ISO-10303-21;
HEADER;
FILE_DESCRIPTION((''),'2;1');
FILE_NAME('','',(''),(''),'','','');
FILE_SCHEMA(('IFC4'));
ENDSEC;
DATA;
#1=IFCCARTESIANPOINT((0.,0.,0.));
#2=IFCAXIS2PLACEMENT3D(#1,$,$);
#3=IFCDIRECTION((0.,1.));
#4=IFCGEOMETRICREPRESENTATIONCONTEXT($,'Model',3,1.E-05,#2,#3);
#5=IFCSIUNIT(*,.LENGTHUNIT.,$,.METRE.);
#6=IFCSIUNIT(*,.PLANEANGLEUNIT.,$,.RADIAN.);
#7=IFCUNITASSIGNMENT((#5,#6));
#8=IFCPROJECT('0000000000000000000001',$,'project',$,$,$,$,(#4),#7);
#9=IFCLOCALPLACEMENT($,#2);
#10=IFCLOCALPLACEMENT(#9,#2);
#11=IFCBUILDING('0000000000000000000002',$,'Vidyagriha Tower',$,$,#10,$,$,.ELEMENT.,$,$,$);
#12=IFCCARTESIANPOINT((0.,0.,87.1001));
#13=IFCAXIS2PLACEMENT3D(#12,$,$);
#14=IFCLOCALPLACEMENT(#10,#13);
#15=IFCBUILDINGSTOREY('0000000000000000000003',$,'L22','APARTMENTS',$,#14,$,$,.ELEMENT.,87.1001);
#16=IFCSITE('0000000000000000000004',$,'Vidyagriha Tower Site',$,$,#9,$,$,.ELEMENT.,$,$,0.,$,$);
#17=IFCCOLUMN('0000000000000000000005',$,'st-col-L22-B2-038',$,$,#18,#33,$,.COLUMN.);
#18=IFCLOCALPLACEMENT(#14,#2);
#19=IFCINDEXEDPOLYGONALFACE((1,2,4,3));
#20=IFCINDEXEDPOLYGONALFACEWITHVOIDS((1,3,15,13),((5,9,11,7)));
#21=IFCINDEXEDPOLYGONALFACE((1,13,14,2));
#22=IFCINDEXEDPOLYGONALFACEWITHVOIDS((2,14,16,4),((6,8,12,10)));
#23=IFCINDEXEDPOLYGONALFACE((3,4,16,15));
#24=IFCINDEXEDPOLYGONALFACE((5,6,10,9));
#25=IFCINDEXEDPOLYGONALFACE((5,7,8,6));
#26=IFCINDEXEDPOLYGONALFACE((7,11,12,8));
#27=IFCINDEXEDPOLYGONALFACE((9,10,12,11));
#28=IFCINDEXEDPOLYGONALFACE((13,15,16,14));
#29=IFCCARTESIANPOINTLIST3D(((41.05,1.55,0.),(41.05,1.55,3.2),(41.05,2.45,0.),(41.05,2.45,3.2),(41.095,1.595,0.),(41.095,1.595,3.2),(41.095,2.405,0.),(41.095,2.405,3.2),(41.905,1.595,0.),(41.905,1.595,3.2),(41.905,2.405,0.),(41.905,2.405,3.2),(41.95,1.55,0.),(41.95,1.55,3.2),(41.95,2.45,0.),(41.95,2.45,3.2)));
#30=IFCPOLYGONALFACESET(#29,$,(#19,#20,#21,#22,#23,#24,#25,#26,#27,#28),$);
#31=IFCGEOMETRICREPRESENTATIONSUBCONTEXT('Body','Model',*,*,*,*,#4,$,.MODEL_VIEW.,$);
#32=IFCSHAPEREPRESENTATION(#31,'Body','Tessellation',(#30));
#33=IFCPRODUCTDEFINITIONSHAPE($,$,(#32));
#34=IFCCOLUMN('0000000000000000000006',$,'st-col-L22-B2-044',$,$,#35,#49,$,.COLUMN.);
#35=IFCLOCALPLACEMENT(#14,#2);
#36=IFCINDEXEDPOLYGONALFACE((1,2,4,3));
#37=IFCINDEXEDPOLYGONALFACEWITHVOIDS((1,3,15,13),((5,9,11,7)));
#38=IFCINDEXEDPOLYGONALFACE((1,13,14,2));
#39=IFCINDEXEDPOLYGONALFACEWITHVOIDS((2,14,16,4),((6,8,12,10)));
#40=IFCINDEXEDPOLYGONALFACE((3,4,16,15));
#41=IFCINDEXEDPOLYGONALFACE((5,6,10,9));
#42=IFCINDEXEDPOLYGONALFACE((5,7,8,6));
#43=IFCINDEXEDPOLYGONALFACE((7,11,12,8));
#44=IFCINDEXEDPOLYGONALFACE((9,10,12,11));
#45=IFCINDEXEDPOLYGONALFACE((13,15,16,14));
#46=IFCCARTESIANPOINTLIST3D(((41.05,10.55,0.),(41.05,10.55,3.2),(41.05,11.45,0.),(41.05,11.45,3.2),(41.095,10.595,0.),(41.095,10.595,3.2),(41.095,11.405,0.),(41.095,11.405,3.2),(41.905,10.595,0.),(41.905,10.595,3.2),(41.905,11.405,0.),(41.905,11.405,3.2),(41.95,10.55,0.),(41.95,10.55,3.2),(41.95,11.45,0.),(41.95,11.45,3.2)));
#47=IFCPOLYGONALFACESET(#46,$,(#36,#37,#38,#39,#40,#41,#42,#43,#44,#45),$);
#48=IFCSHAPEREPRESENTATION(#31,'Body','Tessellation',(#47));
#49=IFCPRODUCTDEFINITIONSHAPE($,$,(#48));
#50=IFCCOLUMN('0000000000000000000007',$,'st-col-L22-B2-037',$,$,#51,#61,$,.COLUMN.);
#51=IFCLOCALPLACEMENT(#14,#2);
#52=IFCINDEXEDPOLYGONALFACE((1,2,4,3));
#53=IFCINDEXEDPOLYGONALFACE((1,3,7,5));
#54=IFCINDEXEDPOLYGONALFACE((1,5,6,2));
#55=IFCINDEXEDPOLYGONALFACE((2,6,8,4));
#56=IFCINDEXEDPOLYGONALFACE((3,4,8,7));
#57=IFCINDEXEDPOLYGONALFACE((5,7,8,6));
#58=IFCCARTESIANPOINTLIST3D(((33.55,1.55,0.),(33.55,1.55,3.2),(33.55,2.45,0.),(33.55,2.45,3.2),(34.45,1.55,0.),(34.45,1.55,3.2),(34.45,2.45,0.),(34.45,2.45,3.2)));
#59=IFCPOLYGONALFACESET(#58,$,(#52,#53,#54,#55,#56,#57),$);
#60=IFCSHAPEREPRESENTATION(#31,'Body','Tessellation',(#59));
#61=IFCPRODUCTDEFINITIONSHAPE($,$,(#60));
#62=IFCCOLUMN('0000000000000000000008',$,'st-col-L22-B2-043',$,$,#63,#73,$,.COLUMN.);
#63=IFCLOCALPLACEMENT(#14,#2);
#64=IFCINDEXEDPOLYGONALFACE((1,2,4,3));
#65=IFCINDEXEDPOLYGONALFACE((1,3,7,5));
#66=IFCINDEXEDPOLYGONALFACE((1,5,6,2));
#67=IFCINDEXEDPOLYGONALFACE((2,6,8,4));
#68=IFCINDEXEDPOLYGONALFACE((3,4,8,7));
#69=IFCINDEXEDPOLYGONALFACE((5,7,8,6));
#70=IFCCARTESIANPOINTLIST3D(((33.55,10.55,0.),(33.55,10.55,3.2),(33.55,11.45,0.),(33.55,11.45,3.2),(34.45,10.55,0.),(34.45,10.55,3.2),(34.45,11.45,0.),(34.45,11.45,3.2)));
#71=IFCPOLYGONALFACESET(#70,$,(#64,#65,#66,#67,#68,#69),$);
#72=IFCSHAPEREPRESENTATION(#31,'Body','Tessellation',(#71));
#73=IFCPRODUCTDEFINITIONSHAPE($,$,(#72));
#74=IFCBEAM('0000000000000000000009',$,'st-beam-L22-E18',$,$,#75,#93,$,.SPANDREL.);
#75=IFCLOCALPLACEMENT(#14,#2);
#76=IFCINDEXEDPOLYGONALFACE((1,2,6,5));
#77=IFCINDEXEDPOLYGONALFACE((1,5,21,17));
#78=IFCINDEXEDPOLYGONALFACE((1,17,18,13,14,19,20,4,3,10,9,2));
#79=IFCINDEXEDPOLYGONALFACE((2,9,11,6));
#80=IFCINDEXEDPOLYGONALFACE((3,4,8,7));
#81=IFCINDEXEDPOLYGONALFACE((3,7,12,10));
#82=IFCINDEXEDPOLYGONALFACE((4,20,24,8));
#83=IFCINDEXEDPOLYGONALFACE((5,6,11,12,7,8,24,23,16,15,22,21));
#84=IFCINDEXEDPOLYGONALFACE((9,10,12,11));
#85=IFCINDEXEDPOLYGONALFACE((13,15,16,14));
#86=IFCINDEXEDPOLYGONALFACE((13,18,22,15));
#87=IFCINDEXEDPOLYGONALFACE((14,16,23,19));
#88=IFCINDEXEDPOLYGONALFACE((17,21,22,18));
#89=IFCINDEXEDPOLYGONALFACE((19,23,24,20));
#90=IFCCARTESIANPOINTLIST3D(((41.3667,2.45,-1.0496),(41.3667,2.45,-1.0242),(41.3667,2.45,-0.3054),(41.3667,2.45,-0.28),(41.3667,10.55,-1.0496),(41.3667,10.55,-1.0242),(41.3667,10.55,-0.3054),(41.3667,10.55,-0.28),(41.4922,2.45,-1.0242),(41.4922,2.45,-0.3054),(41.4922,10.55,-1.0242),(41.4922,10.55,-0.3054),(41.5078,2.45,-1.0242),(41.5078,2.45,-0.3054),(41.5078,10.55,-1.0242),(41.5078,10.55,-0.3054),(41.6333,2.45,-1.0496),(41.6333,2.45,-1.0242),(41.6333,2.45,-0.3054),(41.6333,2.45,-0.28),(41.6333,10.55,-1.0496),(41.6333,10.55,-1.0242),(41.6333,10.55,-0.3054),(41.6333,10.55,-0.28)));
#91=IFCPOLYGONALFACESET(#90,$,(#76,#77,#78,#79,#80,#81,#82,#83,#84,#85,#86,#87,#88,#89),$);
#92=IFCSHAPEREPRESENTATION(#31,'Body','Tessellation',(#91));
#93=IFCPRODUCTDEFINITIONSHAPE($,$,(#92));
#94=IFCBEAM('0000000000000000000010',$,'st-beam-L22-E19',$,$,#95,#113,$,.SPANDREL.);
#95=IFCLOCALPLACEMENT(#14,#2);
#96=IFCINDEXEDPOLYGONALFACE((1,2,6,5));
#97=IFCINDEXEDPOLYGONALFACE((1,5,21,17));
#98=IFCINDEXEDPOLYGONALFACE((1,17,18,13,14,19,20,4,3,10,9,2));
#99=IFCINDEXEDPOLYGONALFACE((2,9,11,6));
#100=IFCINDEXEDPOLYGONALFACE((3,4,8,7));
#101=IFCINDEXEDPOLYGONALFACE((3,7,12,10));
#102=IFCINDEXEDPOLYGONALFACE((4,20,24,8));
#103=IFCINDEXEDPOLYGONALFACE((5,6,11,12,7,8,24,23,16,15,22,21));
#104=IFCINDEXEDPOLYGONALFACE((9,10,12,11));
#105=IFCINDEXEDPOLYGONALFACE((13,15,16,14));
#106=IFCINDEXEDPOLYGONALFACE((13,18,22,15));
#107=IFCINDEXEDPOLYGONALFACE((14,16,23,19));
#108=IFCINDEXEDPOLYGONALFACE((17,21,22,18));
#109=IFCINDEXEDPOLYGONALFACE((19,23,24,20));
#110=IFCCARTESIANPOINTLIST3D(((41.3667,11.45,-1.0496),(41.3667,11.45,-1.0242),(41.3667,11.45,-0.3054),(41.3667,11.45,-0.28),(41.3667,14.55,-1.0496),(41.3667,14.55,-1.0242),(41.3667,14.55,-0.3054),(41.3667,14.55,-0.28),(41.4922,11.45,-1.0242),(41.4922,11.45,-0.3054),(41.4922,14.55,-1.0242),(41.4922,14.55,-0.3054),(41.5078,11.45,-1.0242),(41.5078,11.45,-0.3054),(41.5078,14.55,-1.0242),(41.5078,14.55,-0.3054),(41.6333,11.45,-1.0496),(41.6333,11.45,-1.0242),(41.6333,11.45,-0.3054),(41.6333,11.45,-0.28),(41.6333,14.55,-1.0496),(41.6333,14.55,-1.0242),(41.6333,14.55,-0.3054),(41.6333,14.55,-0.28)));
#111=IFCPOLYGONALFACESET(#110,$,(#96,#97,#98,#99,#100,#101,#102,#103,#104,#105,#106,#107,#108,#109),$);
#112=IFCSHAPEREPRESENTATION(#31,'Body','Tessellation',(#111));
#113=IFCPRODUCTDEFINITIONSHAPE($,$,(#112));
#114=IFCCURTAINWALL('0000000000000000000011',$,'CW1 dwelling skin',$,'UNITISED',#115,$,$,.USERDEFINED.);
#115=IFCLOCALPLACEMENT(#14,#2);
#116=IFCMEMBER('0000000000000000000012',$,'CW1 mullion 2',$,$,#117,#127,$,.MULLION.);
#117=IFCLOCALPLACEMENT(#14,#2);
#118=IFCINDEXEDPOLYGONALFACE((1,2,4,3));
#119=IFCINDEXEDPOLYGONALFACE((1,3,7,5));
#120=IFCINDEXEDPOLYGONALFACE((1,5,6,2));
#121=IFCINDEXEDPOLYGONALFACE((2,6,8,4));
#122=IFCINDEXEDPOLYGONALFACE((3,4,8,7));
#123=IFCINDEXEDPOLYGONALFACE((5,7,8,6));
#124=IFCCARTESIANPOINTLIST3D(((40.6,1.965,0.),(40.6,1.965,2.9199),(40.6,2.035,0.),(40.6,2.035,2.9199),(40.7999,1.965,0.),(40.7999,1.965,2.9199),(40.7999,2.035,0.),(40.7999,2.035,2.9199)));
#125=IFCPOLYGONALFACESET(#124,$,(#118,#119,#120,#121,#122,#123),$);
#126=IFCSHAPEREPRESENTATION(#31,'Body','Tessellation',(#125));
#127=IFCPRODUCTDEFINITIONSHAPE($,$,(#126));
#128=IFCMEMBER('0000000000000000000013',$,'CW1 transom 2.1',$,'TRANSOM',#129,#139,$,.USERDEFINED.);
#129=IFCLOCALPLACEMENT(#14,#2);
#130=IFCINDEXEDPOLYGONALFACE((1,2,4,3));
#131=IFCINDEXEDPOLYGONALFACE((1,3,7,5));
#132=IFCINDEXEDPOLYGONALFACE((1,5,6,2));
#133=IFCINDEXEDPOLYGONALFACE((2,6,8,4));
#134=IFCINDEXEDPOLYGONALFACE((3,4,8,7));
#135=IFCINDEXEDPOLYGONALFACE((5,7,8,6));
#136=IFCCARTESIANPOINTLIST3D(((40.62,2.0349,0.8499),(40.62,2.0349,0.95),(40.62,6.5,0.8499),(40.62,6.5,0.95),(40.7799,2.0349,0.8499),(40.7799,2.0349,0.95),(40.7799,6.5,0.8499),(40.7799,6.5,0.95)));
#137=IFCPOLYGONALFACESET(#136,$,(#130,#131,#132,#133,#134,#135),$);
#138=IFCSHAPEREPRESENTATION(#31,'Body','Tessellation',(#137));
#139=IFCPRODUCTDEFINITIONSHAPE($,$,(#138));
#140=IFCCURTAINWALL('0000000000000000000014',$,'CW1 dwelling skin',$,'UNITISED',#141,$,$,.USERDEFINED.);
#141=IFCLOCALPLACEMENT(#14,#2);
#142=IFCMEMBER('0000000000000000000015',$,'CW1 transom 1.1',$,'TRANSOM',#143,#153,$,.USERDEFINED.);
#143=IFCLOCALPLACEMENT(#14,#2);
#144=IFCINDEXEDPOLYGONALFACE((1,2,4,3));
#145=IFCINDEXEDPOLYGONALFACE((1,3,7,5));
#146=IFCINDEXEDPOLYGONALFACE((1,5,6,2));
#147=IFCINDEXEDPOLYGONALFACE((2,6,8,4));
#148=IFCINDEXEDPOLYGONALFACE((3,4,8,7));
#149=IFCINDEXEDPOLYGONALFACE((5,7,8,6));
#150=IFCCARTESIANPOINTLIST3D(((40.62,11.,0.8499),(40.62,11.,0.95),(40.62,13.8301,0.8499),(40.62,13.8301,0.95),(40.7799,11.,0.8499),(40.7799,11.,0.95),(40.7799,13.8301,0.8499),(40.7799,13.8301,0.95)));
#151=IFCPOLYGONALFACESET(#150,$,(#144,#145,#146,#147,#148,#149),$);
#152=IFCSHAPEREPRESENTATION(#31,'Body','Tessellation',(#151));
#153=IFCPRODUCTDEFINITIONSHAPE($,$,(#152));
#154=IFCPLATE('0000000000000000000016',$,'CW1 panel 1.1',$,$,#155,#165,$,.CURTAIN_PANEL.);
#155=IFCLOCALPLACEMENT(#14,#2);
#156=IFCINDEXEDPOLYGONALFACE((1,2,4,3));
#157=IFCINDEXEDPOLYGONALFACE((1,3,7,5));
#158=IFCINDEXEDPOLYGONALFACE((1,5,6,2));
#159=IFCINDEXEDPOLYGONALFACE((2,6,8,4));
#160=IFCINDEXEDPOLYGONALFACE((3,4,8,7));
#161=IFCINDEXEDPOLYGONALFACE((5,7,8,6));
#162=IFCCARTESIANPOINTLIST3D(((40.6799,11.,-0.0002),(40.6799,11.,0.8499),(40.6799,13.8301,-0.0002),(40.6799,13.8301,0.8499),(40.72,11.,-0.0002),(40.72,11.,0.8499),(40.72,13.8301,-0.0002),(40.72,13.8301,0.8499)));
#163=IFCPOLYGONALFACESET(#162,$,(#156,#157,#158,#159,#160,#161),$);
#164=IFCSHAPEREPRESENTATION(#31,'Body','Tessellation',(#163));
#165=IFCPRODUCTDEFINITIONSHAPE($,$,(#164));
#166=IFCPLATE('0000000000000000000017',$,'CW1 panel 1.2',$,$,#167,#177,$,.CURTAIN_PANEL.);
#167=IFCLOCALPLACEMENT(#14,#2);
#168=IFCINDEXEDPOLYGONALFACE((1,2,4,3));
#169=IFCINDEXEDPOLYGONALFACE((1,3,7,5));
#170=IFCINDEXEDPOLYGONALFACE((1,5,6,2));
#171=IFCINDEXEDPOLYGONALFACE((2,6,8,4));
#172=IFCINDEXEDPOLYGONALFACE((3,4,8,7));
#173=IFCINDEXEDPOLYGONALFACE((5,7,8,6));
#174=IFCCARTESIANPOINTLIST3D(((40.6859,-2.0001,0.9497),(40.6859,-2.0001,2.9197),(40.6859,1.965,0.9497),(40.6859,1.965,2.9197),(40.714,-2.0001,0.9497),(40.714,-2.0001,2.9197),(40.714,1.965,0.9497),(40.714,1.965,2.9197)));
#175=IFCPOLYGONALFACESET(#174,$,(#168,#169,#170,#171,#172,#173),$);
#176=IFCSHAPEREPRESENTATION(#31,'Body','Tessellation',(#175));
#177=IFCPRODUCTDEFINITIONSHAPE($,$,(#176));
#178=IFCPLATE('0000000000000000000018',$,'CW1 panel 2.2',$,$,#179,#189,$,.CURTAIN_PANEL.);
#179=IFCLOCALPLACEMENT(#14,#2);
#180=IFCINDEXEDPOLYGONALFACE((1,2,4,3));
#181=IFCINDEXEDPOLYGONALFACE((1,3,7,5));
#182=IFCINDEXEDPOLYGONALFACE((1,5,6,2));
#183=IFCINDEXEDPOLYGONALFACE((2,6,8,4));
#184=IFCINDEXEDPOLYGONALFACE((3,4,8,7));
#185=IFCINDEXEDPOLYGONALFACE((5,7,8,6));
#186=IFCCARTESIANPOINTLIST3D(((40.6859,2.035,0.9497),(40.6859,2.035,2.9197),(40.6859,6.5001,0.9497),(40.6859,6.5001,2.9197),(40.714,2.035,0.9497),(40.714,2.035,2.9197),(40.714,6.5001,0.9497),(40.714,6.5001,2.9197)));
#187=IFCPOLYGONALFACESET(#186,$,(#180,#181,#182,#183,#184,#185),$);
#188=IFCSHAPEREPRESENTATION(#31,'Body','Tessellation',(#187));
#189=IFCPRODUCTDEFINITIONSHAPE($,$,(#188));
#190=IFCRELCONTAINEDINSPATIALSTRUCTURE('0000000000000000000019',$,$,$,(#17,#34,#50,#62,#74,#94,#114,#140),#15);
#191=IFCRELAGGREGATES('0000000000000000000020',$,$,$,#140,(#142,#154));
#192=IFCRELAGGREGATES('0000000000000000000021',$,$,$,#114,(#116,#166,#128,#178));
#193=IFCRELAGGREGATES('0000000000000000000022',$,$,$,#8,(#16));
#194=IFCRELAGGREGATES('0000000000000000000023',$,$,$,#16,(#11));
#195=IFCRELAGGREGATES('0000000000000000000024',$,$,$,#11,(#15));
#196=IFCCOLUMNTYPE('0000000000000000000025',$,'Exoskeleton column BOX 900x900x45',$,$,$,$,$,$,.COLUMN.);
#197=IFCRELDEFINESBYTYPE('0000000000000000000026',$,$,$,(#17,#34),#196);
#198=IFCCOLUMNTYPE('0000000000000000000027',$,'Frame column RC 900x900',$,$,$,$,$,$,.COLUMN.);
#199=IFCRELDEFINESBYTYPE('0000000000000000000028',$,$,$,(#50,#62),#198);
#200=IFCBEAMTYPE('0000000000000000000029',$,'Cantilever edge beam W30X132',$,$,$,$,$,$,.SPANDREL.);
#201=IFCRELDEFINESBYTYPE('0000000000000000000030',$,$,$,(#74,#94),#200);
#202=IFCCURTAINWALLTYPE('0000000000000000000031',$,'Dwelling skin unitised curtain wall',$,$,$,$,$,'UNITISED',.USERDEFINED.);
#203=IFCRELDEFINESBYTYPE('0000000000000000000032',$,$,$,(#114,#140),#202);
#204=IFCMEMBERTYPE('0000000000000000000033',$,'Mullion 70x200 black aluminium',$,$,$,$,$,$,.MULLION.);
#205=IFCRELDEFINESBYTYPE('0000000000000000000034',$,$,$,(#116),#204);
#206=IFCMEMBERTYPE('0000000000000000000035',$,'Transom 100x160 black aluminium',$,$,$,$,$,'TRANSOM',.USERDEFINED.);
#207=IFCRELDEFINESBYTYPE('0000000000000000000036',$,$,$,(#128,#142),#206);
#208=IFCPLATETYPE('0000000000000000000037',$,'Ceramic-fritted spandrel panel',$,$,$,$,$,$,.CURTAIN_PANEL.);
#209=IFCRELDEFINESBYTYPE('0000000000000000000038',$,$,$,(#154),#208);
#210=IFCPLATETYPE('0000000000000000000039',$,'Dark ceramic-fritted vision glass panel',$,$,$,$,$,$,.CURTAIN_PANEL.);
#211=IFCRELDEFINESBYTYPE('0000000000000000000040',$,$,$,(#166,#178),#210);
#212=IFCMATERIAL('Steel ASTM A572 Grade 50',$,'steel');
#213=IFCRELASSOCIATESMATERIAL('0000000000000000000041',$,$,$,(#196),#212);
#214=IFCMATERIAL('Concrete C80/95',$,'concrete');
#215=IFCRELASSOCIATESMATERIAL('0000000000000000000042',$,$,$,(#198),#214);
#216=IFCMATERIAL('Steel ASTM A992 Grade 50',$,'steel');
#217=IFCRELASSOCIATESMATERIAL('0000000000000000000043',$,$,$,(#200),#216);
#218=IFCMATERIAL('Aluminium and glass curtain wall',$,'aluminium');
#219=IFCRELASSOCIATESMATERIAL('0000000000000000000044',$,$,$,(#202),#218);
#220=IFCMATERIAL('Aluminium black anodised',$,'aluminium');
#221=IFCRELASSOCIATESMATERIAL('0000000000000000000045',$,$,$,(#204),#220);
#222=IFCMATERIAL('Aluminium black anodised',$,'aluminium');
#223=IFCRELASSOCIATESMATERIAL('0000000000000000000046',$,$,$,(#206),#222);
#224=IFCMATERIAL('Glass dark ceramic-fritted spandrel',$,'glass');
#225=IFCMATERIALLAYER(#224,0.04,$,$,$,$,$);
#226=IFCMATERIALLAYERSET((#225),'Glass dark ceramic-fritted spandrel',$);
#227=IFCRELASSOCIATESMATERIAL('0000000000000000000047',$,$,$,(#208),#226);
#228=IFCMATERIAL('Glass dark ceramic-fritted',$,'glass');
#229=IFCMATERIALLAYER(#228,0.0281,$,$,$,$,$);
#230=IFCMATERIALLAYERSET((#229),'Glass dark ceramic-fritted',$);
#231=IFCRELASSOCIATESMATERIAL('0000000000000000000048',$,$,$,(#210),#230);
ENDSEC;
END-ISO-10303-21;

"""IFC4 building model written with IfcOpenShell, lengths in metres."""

from ifc_helpers import new_model, si_unit, direction, frame, origin, origin_2d, place, context, subcontext, project, spatial, rectangle, hollow_rectangle, i_section, extrude, material, layer, layer_set, material_profile, profile_set, type_object, element, aggregate, save


model = new_model("IFC4")

# Units and contexts
model_context = context("Model", 3, precision=1e-05, world=origin(), true_north=direction((0.0, 1.0)))
body_context = subcontext(model_context, "Body", "Model", "MODEL_VIEW")
ifc_project = project(units=[si_unit("LENGTHUNIT", "METRE"), si_unit("PLANEANGLEUNIT", "RADIAN")], contexts=[model_context])

# Site, building, storey
site_placement = place(None, origin())
site = spatial("IfcSite", under=ifc_project, at=site_placement, Name="Vidyagriha Tower Site", CompositionType="ELEMENT", RefElevation=0.0)
building_placement = place(site_placement, origin())
building = spatial("IfcBuilding", under=site, at=building_placement, Name="Vidyagriha Tower", CompositionType="ELEMENT")
storey_placement = place(building_placement, frame((0.0, 0.0, 87.1001)))
storey = spatial("IfcBuildingStorey", under=building, at=storey_placement, Name="L22", Description="APARTMENTS", CompositionType="ELEMENT", Elevation=87.1001)

# Columns
ifc_material_1 = material(Name="Steel ASTM A572 Grade 50", Category="steel")
ifc_material_profile_1 = material_profile(ifc_material_1, hollow_rectangle(XDim=0.8999, YDim=0.8999, WallThickness=0.0449, at=origin_2d()), Name="BOX 900x900x45")
ifc_profile_set_1 = profile_set([ifc_material_profile_1], Name="Steel ASTM A572 Grade 50")
column_type_1 = type_object("IfcColumnType", Name="Exoskeleton column BOX 900x900x45", PredefinedType="COLUMN", material=ifc_profile_set_1)
for number, where, name in (
    (1, (41.5, 2.0, 0.0), "st-col-L22-B2-038"),
    (2, (41.5, 11.0, 0.0), "st-col-L22-B2-044"),
):
    element("IfcColumn", number, at=place(storey_placement, frame(where)), inside=storey, type_object=column_type_1, Name=name, PredefinedType="COLUMN", context=body_context, shape_type="SweptSolid", body=[
        extrude(hollow_rectangle(XDim=0.8999, YDim=0.8999, WallThickness=0.0449, at=origin_2d()), origin(), (0.0, 0.0, 1.0), 3.2),
    ])
ifc_material_2 = material(Name="Concrete C80/95", Category="concrete")
ifc_material_profile_2 = material_profile(ifc_material_2, rectangle(XDim=0.8999, YDim=0.8999, at=origin_2d()), Name="RC 900x900")
ifc_profile_set_2 = profile_set([ifc_material_profile_2], Name="Concrete C80/95")
column_type_2 = type_object("IfcColumnType", Name="Frame column RC 900x900", PredefinedType="COLUMN", material=ifc_profile_set_2)
for number, where, name in (
    (3, (34.0, 2.0, 0.0), "st-col-L22-B2-037"),
    (4, (34.0, 11.0, 0.0), "st-col-L22-B2-043"),
):
    element("IfcColumn", number, at=place(storey_placement, frame(where)), inside=storey, type_object=column_type_2, Name=name, PredefinedType="COLUMN", context=body_context, shape_type="SweptSolid", body=[
        extrude(rectangle(XDim=0.8999, YDim=0.8999, at=origin_2d()), origin(), (0.0, 0.0, 1.0), 3.2),
    ])

# Beams
ifc_material_3 = material(Name="Steel ASTM A992 Grade 50", Category="steel")
ifc_material_profile_3 = material_profile(ifc_material_3, i_section(OverallWidth=0.2666, OverallDepth=0.7695, WebThickness=0.0156, FlangeThickness=0.0254, at=origin_2d()), Name="W30X132")
ifc_profile_set_3 = profile_set([ifc_material_profile_3], Name="Steel ASTM A992 Grade 50")
beam_type = type_object("IfcBeamType", Name="Cantilever edge beam W30X132", PredefinedType="SPANDREL", material=ifc_profile_set_3)
beam_1_placement = place(storey_placement, frame((41.5, 2.45, -0.6648), z_axis=(0.0, 1.0, 0.0), x_axis=(-1.0, 0.0, 0.0)))
element("IfcBeam", 5, at=beam_1_placement, inside=storey, type_object=beam_type, Name="st-beam-L22-E18", PredefinedType="SPANDREL", context=body_context, shape_type="SweptSolid", body=[
    extrude(i_section(OverallWidth=0.2666, OverallDepth=0.7695, WebThickness=0.0156, FlangeThickness=0.0254, at=origin_2d()), origin(), (0.0, 0.0, 1.0), 8.1001),
])
beam_2_placement = place(storey_placement, frame((41.5, 11.45, -0.6648), z_axis=(0.0, 1.0, 0.0), x_axis=(-1.0, 0.0, 0.0)))
element("IfcBeam", 6, at=beam_2_placement, inside=storey, type_object=beam_type, Name="st-beam-L22-E19", PredefinedType="SPANDREL", context=body_context, shape_type="SweptSolid", body=[
    extrude(i_section(OverallWidth=0.2666, OverallDepth=0.7695, WebThickness=0.0156, FlangeThickness=0.0254, at=origin_2d()), origin(), (0.0, 0.0, 1.0), 3.1001),
])

# Curtain wall, members
ifc_material_4 = material(Name="Aluminium and glass curtain wall", Category="aluminium")
curtain_wall_type = type_object("IfcCurtainWallType", Name="Dwelling skin unitised curtain wall", ElementType="UNITISED", PredefinedType="USERDEFINED", material=ifc_material_4)
curtain_wall_1_placement = place(storey_placement, origin())
curtain_wall_1 = element("IfcCurtainWall", 7, at=curtain_wall_1_placement, inside=storey, type_object=curtain_wall_type, Name="CW1 dwelling skin", ObjectType="UNITISED", PredefinedType="USERDEFINED")
ifc_material_5 = material(Name="Aluminium black anodised", Category="aluminium")
ifc_material_profile_4 = material_profile(ifc_material_5, rectangle(XDim=0.2, YDim=0.0701, at=origin_2d()), Name="Mullion 70x200 black aluminium")
ifc_profile_set_4 = profile_set([ifc_material_profile_4], Name="Aluminium black anodised")
member_type_1 = type_object("IfcMemberType", Name="Mullion 70x200 black aluminium", PredefinedType="MULLION", material=ifc_profile_set_4)
member_1_placement = place(storey_placement, frame((40.7, 2.0, 0.0), z_axis=(0.0, 0.0, 1.0), x_axis=(-1.0, 0.0, 0.0)))
member_1 = element("IfcMember", 8, at=member_1_placement, type_object=member_type_1, Name="CW1 mullion 2", PredefinedType="MULLION", context=body_context, shape_type="SweptSolid", body=[
    extrude(rectangle(XDim=0.2, YDim=0.0701, at=origin_2d()), origin(), (0.0, 0.0, 1.0), 2.9199),
])
ifc_material_6 = material(Name="Aluminium black anodised", Category="aluminium")
ifc_material_profile_5 = material_profile(ifc_material_6, rectangle(XDim=0.1599, YDim=0.1001, at=origin_2d()), Name="Transom 100x160 black aluminium")
ifc_profile_set_5 = profile_set([ifc_material_profile_5], Name="Aluminium black anodised")
member_type_2 = type_object("IfcMemberType", Name="Transom 100x160 black aluminium", ElementType="TRANSOM", PredefinedType="USERDEFINED", material=ifc_profile_set_5)
member_2_placement = place(storey_placement, frame((40.7, 2.0349, 0.8999), z_axis=(0.0, 1.0, 0.0), x_axis=(-1.0, 0.0, 0.0)))
member_2 = element("IfcMember", 9, at=member_2_placement, type_object=member_type_2, Name="CW1 transom 2.1", ObjectType="TRANSOM", PredefinedType="USERDEFINED", context=body_context, shape_type="SweptSolid", body=[
    extrude(rectangle(XDim=0.1599, YDim=0.1001, at=origin_2d()), origin(), (0.0, 0.0, 1.0), 4.4651),
])

# Curtain wall, member, plate
curtain_wall_2_placement = place(storey_placement, origin())
curtain_wall_2 = element("IfcCurtainWall", 10, at=curtain_wall_2_placement, inside=storey, type_object=curtain_wall_type, Name="CW1 dwelling skin", ObjectType="UNITISED", PredefinedType="USERDEFINED")
member_3_placement = place(storey_placement, frame((40.7, 11.0, 0.8999), z_axis=(0.0, 1.0, 0.0), x_axis=(-1.0, 0.0, 0.0)))
member_3 = element("IfcMember", 11, at=member_3_placement, type_object=member_type_2, Name="CW1 transom 1.1", ObjectType="TRANSOM", PredefinedType="USERDEFINED", context=body_context, shape_type="SweptSolid", body=[
    extrude(rectangle(XDim=0.1599, YDim=0.1001, at=origin_2d()), origin(), (0.0, 0.0, 1.0), 2.8301),
])
ifc_material_7 = material(Name="Glass dark ceramic-fritted spandrel", Category="glass")
ifc_layer_1 = layer(ifc_material_7, 0.04)
ifc_layer_set_1 = layer_set([ifc_layer_1], Name="Glass dark ceramic-fritted spandrel")
plate_type_1 = type_object("IfcPlateType", Name="Ceramic-fritted spandrel panel", PredefinedType="CURTAIN_PANEL", material=ifc_layer_set_1)
plate_1_placement = place(storey_placement, frame((40.7, 12.415, -0.0002), z_axis=(0.0, 0.0, 1.0), x_axis=(0.0, 1.0, 0.0)))
plate_1 = element("IfcPlate", 12, at=plate_1_placement, type_object=plate_type_1, Name="CW1 panel 1.1", PredefinedType="CURTAIN_PANEL", context=body_context, shape_type="SweptSolid", body=[
    extrude(rectangle(XDim=2.8301, YDim=0.04, at=origin_2d()), origin(), (0.0, 0.0, 1.0), 0.8501),
])
aggregate(curtain_wall_2, [member_3, plate_1])

# Plates
ifc_material_8 = material(Name="Glass dark ceramic-fritted", Category="glass")
ifc_layer_2 = layer(ifc_material_8, 0.0281)
ifc_layer_set_2 = layer_set([ifc_layer_2], Name="Glass dark ceramic-fritted")
plate_type_2 = type_object("IfcPlateType", Name="Dark ceramic-fritted vision glass panel", PredefinedType="CURTAIN_PANEL", material=ifc_layer_set_2)
plate_2_placement = place(storey_placement, frame((40.7, -0.0176, 0.9497), z_axis=(0.0, 0.0, 1.0), x_axis=(0.0, 1.0, 0.0)))
plate_2 = element("IfcPlate", 13, at=plate_2_placement, type_object=plate_type_2, Name="CW1 panel 1.2", PredefinedType="CURTAIN_PANEL", context=body_context, shape_type="SweptSolid", body=[
    extrude(rectangle(XDim=3.9651, YDim=0.0281, at=origin_2d()), origin(), (0.0, 0.0, 1.0), 1.97),
])
plate_3_placement = place(storey_placement, frame((40.7, 4.2676, 0.9497), z_axis=(0.0, 0.0, 1.0), x_axis=(0.0, 1.0, 0.0)))
plate_3 = element("IfcPlate", 14, at=plate_3_placement, type_object=plate_type_2, Name="CW1 panel 2.2", PredefinedType="CURTAIN_PANEL", context=body_context, shape_type="SweptSolid", body=[
    extrude(rectangle(XDim=4.4651, YDim=0.0281, at=origin_2d()), origin(), (0.0, 0.0, 1.0), 1.97),
])
aggregate(curtain_wall_1, [member_1, plate_2, member_2, plate_3])

save(model, "model.ifc")
